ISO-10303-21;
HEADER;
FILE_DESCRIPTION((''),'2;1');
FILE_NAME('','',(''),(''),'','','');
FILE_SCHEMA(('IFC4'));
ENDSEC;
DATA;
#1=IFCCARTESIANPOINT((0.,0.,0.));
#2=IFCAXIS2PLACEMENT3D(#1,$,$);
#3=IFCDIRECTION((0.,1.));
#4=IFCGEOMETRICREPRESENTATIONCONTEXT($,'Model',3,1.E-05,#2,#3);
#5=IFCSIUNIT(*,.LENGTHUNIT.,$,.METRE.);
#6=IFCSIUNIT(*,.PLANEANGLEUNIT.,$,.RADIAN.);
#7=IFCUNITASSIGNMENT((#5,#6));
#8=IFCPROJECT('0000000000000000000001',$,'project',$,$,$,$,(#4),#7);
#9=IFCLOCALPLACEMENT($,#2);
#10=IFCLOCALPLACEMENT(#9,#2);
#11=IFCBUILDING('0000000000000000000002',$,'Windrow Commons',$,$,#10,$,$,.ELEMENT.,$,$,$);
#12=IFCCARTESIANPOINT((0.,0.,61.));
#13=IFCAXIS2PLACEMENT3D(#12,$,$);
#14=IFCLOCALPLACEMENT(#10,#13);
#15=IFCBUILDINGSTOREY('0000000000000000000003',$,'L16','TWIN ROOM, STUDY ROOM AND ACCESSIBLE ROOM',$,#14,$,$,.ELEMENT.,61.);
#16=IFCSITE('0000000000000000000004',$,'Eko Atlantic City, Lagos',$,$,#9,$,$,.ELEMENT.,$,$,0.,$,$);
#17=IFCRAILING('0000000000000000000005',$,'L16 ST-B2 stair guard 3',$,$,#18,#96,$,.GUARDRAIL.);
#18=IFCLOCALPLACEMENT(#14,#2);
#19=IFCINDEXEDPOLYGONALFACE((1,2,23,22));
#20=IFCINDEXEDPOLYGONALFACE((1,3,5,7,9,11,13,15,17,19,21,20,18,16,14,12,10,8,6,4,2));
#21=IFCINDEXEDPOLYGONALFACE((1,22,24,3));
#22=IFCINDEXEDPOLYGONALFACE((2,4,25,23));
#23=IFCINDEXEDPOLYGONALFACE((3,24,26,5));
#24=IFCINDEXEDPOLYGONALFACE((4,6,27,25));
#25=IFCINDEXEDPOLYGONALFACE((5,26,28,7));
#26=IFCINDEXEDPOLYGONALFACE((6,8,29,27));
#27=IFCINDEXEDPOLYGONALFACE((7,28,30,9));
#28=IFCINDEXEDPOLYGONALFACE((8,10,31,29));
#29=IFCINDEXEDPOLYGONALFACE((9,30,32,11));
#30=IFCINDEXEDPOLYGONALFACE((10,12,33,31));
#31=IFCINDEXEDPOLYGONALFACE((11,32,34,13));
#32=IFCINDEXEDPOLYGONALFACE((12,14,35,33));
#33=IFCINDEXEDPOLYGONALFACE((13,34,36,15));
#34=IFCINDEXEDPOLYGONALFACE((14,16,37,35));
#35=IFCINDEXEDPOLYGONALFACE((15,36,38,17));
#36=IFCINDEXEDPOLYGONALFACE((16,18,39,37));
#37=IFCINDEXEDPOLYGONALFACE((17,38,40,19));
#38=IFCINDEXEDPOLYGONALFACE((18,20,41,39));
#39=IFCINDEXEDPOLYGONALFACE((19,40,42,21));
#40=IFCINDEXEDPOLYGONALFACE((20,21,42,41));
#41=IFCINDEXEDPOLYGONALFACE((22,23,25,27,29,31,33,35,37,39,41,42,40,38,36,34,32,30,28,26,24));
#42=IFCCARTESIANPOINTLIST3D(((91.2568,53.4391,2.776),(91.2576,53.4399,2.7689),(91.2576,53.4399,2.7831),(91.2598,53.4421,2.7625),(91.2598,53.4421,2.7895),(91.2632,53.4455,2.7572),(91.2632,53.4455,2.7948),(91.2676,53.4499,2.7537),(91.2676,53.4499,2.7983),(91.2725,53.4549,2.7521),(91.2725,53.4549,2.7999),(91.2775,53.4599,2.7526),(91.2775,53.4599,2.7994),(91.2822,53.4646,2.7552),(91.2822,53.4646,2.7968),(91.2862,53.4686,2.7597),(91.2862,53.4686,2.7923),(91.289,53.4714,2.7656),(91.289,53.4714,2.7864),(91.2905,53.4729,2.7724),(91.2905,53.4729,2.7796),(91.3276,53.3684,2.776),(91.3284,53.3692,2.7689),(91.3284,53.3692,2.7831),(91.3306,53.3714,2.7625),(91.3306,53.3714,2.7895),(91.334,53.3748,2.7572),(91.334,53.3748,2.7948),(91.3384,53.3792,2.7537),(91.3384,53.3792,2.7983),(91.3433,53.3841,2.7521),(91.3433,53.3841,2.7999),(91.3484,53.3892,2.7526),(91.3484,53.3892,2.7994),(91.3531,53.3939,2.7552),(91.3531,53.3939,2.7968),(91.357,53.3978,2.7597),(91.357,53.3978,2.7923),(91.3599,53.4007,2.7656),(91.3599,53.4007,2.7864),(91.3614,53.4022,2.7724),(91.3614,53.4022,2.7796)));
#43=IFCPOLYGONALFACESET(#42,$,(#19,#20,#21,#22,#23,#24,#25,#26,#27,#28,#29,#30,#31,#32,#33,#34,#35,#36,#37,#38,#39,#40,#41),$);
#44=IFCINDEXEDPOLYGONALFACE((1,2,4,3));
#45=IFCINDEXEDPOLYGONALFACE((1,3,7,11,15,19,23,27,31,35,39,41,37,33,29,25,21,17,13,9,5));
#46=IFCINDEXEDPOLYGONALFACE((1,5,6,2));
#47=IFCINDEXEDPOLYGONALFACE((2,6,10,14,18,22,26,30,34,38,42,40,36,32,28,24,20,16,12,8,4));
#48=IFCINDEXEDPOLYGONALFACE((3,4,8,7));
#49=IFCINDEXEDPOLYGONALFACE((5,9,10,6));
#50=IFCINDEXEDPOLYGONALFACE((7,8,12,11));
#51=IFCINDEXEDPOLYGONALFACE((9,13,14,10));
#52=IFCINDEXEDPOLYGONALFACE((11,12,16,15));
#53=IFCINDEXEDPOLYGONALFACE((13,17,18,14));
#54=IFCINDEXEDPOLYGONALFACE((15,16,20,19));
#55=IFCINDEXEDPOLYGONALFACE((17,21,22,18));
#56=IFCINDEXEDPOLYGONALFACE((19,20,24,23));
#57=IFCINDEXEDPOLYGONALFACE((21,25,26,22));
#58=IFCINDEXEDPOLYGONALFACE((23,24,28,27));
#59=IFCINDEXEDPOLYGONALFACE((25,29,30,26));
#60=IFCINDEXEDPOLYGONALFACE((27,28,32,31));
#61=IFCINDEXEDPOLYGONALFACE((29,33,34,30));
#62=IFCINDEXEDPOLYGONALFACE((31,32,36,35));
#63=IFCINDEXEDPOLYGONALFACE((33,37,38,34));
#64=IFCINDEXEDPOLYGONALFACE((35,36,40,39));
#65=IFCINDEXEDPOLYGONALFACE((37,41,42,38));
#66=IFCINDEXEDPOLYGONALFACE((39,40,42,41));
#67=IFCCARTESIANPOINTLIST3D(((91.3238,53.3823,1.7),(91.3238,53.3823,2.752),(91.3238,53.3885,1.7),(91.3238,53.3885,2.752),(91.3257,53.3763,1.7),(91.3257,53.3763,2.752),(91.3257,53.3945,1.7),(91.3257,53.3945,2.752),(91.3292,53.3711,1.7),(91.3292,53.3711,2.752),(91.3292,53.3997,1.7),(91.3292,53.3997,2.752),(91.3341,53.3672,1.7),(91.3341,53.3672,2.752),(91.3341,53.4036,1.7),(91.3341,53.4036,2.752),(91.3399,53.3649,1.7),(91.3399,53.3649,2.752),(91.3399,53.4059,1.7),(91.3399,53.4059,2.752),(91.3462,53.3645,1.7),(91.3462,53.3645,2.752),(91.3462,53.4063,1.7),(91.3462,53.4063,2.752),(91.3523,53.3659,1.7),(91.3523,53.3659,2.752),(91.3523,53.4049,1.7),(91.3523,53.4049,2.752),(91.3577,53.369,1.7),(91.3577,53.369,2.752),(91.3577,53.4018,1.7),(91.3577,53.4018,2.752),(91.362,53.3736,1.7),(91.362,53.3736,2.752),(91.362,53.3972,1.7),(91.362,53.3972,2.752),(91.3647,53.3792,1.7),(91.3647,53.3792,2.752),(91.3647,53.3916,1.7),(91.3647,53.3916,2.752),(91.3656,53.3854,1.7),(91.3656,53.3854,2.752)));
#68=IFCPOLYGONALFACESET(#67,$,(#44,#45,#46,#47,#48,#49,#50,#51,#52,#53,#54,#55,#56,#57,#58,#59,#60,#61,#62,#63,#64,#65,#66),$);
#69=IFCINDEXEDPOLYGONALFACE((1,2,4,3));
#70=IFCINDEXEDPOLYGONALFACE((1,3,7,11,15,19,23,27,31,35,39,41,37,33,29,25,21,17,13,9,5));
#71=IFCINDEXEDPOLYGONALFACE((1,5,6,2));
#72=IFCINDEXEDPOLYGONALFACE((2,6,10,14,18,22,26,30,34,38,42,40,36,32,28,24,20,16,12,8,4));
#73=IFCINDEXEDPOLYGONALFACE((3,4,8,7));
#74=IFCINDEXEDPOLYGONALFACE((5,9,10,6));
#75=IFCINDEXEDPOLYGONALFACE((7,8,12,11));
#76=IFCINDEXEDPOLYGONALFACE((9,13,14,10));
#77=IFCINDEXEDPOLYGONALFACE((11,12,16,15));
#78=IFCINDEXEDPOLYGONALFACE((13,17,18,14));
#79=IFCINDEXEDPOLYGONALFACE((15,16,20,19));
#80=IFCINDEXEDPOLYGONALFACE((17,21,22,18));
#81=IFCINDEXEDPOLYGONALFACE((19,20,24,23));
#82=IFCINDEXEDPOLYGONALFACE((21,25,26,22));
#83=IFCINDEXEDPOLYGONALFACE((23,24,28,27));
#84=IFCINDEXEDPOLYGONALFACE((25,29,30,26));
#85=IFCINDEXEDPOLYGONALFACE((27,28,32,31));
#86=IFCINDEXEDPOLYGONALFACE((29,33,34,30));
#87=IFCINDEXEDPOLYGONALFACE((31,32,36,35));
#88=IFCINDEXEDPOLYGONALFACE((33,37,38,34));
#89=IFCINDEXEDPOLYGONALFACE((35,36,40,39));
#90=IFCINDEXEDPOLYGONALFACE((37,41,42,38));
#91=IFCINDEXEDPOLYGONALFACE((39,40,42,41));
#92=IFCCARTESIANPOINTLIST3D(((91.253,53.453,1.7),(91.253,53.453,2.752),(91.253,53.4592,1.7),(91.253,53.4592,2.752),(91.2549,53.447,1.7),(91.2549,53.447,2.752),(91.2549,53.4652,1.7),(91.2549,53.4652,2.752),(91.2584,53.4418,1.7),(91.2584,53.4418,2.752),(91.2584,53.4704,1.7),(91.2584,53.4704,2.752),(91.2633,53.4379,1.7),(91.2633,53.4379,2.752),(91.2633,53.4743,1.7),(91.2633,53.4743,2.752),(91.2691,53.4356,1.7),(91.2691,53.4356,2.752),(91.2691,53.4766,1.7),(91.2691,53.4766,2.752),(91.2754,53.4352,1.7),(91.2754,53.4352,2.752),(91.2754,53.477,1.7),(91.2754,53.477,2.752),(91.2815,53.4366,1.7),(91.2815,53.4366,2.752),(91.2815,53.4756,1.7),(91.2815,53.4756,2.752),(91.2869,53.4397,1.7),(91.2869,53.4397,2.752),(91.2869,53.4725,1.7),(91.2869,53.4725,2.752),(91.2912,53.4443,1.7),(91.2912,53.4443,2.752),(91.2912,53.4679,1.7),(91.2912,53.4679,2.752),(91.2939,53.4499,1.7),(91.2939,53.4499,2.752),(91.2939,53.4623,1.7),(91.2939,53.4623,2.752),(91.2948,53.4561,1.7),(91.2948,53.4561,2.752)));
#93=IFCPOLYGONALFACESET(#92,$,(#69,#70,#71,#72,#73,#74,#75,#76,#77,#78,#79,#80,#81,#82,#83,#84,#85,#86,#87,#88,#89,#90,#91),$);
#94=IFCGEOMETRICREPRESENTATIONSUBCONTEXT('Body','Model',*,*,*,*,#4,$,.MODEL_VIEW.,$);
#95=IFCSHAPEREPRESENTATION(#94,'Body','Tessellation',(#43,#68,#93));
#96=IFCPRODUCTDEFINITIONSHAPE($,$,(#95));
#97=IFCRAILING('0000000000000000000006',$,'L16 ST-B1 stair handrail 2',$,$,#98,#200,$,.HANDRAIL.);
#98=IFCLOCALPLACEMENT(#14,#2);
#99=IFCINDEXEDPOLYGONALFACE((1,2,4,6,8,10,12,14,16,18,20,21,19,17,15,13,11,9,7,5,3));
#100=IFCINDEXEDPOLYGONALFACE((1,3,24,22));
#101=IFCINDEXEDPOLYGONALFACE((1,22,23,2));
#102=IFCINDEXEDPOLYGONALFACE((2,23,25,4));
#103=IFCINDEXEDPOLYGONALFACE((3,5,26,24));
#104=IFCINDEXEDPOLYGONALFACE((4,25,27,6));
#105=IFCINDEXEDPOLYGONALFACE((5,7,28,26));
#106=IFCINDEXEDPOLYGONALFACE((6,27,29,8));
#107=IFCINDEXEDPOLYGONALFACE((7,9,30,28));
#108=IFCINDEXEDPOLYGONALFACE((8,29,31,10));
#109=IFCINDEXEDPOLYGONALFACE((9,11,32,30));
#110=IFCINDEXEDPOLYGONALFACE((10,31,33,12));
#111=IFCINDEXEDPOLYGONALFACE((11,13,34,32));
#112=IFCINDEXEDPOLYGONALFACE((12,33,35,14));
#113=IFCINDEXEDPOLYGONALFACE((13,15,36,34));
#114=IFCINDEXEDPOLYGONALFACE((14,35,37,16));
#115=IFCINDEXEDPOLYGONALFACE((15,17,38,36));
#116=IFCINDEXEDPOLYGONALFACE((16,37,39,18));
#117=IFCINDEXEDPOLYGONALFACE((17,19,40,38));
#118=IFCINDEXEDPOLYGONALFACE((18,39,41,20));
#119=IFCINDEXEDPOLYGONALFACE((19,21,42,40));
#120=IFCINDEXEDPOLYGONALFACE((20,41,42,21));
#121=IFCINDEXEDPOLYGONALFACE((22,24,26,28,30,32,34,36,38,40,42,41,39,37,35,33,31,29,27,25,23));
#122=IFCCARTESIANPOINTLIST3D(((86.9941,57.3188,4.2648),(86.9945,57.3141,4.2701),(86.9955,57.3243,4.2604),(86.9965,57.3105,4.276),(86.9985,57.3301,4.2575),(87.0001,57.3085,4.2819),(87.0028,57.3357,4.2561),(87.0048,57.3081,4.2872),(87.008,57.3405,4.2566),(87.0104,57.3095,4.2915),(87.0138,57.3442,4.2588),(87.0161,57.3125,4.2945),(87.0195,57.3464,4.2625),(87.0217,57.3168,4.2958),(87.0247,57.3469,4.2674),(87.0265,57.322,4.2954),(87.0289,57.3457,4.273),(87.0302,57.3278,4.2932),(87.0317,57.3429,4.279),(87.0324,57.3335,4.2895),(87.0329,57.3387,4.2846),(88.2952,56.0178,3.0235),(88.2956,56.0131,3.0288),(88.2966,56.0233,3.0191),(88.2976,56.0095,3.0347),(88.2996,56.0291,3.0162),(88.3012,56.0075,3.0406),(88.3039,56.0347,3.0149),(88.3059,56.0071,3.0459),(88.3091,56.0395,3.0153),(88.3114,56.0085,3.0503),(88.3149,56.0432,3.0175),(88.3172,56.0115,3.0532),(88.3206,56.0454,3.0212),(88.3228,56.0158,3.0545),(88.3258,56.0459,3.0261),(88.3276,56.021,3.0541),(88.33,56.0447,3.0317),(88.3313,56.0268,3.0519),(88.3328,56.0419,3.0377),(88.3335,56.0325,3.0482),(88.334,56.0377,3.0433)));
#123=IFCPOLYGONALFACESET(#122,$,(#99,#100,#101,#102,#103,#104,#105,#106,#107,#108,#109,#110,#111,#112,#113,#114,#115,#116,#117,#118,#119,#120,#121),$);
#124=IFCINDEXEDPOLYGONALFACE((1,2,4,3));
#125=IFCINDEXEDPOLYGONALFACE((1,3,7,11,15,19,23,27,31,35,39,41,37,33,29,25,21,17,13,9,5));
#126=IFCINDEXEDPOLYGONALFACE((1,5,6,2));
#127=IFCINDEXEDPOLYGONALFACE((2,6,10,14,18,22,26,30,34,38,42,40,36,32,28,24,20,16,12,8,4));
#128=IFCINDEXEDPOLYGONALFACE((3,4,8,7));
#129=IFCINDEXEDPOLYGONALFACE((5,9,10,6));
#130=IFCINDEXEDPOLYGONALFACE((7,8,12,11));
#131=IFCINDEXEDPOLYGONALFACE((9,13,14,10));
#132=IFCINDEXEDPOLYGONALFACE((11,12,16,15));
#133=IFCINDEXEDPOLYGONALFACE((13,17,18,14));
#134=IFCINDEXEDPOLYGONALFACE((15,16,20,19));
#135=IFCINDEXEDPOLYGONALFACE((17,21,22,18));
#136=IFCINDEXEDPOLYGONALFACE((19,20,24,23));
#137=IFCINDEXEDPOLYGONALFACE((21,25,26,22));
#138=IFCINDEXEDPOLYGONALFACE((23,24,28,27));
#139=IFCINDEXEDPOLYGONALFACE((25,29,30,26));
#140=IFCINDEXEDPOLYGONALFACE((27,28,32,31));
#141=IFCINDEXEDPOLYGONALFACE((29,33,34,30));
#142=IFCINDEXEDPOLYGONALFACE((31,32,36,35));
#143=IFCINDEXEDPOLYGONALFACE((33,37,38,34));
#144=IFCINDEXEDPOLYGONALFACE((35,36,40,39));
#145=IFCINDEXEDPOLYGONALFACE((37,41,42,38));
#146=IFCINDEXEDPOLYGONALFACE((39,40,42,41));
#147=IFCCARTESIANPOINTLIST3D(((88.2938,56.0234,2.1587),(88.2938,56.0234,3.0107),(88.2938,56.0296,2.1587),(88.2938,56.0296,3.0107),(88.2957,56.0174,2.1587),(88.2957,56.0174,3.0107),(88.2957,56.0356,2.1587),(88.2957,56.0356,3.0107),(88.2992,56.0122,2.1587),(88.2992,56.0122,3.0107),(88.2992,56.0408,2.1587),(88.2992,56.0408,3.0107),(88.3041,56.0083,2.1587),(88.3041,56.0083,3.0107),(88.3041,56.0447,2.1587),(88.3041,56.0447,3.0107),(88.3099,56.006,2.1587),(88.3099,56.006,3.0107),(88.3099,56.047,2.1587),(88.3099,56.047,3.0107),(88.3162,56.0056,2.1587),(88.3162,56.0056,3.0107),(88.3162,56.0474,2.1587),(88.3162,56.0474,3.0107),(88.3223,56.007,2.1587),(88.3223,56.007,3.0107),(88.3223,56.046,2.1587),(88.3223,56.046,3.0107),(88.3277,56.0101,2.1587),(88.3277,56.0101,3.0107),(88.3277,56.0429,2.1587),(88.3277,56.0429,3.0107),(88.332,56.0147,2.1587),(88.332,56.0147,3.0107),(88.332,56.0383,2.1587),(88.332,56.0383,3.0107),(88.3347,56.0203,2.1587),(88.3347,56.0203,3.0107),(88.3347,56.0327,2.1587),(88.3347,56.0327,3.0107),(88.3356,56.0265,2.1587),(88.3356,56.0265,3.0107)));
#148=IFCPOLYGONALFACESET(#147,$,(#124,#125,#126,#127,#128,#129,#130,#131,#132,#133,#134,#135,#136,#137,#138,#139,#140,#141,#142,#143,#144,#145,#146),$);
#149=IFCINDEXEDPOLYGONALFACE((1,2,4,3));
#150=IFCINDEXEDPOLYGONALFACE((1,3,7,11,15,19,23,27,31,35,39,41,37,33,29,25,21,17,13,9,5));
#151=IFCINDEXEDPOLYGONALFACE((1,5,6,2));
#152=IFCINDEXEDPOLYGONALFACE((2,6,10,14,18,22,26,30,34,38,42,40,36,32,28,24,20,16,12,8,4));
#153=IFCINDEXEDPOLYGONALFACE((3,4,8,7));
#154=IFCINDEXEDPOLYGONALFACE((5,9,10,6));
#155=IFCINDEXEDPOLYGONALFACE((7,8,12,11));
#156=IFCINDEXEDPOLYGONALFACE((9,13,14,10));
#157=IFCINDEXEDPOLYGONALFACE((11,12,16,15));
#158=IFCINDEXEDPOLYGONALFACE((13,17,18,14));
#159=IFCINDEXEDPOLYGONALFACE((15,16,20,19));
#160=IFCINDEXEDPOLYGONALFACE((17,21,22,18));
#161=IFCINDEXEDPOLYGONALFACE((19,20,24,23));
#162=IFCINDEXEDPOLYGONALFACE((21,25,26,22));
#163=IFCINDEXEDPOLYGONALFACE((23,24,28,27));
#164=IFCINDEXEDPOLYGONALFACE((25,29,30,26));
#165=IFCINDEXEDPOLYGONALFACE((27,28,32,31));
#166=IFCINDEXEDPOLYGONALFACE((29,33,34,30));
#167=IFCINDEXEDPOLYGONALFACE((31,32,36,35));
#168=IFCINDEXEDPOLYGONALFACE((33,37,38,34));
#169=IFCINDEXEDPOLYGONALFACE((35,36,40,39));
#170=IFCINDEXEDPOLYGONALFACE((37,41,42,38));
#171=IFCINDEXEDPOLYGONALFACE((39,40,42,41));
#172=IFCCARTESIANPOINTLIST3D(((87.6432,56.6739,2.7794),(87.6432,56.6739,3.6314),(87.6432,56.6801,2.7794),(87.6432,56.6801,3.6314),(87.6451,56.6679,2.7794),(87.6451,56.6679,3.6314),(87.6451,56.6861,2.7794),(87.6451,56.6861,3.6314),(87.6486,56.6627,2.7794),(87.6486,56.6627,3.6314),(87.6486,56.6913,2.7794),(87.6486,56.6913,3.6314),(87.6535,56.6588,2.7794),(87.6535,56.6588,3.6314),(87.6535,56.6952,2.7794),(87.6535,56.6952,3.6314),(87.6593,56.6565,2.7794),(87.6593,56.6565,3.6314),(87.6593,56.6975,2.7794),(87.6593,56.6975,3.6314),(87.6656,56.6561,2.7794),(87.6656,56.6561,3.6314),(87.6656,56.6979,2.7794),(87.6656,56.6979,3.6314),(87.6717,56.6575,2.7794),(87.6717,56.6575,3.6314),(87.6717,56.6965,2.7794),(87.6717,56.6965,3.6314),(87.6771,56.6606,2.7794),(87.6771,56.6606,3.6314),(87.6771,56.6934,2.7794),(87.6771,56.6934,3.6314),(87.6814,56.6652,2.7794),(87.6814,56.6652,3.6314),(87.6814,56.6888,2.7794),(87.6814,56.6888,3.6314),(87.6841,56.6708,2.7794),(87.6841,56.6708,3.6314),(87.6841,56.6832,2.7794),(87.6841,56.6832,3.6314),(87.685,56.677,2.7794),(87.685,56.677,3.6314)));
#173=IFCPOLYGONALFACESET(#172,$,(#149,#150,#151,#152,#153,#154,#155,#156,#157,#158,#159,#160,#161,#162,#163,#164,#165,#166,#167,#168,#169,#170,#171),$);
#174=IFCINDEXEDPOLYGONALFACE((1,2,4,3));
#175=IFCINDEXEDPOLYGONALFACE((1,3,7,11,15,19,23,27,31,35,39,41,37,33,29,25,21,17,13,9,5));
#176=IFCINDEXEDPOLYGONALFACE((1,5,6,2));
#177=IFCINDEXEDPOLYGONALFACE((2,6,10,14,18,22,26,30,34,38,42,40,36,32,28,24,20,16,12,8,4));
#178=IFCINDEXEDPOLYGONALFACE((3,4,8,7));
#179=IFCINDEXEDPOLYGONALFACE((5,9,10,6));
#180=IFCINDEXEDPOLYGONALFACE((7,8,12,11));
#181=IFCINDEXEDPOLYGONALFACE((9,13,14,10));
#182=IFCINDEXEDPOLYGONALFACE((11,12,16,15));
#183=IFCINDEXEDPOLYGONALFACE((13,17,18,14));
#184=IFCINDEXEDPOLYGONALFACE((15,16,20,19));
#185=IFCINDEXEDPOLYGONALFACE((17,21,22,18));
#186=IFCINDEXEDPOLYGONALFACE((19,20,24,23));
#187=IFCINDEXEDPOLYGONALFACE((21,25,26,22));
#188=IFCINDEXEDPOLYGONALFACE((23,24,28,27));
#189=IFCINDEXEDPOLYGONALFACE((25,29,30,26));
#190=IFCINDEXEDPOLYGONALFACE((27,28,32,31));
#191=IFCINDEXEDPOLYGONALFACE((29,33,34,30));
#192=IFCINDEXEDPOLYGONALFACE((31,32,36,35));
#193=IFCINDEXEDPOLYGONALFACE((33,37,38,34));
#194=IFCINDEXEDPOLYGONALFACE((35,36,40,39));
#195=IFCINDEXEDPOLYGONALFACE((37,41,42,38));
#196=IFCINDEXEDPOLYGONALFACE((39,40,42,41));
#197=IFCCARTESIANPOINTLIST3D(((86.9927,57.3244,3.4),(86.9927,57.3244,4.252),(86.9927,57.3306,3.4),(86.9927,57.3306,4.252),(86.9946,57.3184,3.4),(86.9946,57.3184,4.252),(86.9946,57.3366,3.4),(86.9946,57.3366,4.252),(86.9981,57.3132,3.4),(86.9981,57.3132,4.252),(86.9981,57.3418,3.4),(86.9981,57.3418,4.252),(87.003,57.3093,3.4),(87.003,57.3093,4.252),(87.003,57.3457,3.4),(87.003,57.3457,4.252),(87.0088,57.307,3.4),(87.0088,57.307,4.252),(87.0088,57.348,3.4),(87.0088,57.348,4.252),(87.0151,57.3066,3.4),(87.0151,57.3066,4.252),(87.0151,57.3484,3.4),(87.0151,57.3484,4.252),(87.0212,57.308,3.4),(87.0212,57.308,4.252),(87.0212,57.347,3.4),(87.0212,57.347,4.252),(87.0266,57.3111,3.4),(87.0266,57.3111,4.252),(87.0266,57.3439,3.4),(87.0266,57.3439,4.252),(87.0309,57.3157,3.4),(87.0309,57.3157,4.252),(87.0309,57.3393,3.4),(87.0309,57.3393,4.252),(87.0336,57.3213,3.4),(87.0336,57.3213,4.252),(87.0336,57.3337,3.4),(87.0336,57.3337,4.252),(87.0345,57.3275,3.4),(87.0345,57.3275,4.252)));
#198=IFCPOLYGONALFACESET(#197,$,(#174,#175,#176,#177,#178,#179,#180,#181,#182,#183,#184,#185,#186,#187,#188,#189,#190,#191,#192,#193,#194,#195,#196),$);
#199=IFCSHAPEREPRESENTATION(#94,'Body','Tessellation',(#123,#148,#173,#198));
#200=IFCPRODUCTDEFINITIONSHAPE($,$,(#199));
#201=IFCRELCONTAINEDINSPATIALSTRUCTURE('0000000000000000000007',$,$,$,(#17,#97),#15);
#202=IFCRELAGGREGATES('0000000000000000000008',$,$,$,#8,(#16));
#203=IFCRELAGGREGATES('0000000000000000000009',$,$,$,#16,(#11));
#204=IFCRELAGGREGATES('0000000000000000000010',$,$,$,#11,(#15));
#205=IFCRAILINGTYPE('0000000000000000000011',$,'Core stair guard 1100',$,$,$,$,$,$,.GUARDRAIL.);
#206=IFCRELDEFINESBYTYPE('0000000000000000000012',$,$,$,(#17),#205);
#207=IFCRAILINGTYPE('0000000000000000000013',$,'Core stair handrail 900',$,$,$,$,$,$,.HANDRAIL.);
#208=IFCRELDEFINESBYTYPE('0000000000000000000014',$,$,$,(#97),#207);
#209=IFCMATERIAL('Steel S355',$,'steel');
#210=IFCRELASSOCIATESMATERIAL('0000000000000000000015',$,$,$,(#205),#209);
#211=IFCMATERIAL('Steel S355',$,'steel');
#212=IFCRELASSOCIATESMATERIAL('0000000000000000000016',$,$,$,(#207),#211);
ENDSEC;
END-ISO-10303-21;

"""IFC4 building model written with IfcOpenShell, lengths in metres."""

from ifc_helpers import new_model, si_unit, direction, frame, origin, origin_2d, place, context, subcontext, project, spatial, circle, extrude, material, type_object, element, save


model = new_model("IFC4")

# Units and contexts
model_context = context("Model", 3, precision=1e-05, world=origin(), true_north=direction((0.0, 1.0)))
body_context = subcontext(model_context, "Body", "Model", "MODEL_VIEW")
ifc_project = project(units=[si_unit("LENGTHUNIT", "METRE"), si_unit("PLANEANGLEUNIT", "RADIAN")], contexts=[model_context])

# Site, building, storey
site_placement = place(None, origin())
site = spatial("IfcSite", under=ifc_project, at=site_placement, Name="Eko Atlantic City, Lagos", CompositionType="ELEMENT", RefElevation=0.0)
building_placement = place(site_placement, origin())
building = spatial("IfcBuilding", under=site, at=building_placement, Name="Windrow Commons", CompositionType="ELEMENT")
storey_placement = place(building_placement, frame((0.0, 0.0, 61.0)))
storey = spatial("IfcBuildingStorey", under=building, at=storey_placement, Name="L16", Description="TWIN ROOM, STUDY ROOM AND ACCESSIBLE ROOM", CompositionType="ELEMENT", Elevation=61.0)

# Railings
ifc_material_1 = material(Name="Steel S355", Category="steel")
railing_type_1 = type_object("IfcRailingType", Name="Core stair guard 1100", PredefinedType="GUARDRAIL", material=ifc_material_1)
railing_1_placement = place(storey_placement, frame((91.3446, 53.3854, 1.7)))
element("IfcRailing", 1, at=railing_1_placement, inside=storey, type_object=railing_type_1, Name="L16 ST-B2 stair guard 3", PredefinedType="GUARDRAIL", context=body_context, shape_type="SweptSolid", body=[
    extrude(circle(Radius=0.024, at=origin_2d()), frame((0.0, 0.0, 1.076), z_axis=(-0.707606, 0.706607, 0.0), x_axis=(-0.706607, -0.707606, 0.0)), (0.0, 0.0, 1.0), 0.1001),
    extrude(circle(Radius=0.021, at=origin_2d()), origin(), (0.0, 0.0, 1.0), 1.052),
    extrude(circle(Radius=0.021, at=origin_2d()), frame((-0.0708, 0.0707, 0.0)), (0.0, 0.0, 1.0), 1.052),
])
ifc_material_2 = material(Name="Steel S355", Category="steel")
railing_type_2 = type_object("IfcRailingType", Name="Core stair handrail 900", PredefinedType="HANDRAIL", material=ifc_material_2)
railing_2_placement = place(storey_placement, frame((88.3146, 56.0265, 2.1587)))
element("IfcRailing", 2, at=railing_2_placement, inside=storey, type_object=railing_type_2, Name="L16 ST-B1 stair handrail 2", PredefinedType="HANDRAIL", context=body_context, shape_type="SweptSolid", body=[
    extrude(circle(Radius=0.024, at=origin_2d()), frame((0.0, 0.0, 0.876), z_axis=(-0.586207, 0.586162, 0.559264), x_axis=(-0.70708, -0.707134, 0.0)), (0.0, 0.0, 1.0), 2.2195),
    extrude(circle(Radius=0.021, at=origin_2d()), origin(), (0.0, 0.0, 1.0), 0.852),
    extrude(circle(Radius=0.021, at=origin_2d()), frame((-0.6506, 0.6505, 0.6207)), (0.0, 0.0, 1.0), 0.852),
    extrude(circle(Radius=0.021, at=origin_2d()), frame((-1.3011, 1.301, 1.2413)), (0.0, 0.0, 1.0), 0.852),
])

save(model, "model.ifc")
